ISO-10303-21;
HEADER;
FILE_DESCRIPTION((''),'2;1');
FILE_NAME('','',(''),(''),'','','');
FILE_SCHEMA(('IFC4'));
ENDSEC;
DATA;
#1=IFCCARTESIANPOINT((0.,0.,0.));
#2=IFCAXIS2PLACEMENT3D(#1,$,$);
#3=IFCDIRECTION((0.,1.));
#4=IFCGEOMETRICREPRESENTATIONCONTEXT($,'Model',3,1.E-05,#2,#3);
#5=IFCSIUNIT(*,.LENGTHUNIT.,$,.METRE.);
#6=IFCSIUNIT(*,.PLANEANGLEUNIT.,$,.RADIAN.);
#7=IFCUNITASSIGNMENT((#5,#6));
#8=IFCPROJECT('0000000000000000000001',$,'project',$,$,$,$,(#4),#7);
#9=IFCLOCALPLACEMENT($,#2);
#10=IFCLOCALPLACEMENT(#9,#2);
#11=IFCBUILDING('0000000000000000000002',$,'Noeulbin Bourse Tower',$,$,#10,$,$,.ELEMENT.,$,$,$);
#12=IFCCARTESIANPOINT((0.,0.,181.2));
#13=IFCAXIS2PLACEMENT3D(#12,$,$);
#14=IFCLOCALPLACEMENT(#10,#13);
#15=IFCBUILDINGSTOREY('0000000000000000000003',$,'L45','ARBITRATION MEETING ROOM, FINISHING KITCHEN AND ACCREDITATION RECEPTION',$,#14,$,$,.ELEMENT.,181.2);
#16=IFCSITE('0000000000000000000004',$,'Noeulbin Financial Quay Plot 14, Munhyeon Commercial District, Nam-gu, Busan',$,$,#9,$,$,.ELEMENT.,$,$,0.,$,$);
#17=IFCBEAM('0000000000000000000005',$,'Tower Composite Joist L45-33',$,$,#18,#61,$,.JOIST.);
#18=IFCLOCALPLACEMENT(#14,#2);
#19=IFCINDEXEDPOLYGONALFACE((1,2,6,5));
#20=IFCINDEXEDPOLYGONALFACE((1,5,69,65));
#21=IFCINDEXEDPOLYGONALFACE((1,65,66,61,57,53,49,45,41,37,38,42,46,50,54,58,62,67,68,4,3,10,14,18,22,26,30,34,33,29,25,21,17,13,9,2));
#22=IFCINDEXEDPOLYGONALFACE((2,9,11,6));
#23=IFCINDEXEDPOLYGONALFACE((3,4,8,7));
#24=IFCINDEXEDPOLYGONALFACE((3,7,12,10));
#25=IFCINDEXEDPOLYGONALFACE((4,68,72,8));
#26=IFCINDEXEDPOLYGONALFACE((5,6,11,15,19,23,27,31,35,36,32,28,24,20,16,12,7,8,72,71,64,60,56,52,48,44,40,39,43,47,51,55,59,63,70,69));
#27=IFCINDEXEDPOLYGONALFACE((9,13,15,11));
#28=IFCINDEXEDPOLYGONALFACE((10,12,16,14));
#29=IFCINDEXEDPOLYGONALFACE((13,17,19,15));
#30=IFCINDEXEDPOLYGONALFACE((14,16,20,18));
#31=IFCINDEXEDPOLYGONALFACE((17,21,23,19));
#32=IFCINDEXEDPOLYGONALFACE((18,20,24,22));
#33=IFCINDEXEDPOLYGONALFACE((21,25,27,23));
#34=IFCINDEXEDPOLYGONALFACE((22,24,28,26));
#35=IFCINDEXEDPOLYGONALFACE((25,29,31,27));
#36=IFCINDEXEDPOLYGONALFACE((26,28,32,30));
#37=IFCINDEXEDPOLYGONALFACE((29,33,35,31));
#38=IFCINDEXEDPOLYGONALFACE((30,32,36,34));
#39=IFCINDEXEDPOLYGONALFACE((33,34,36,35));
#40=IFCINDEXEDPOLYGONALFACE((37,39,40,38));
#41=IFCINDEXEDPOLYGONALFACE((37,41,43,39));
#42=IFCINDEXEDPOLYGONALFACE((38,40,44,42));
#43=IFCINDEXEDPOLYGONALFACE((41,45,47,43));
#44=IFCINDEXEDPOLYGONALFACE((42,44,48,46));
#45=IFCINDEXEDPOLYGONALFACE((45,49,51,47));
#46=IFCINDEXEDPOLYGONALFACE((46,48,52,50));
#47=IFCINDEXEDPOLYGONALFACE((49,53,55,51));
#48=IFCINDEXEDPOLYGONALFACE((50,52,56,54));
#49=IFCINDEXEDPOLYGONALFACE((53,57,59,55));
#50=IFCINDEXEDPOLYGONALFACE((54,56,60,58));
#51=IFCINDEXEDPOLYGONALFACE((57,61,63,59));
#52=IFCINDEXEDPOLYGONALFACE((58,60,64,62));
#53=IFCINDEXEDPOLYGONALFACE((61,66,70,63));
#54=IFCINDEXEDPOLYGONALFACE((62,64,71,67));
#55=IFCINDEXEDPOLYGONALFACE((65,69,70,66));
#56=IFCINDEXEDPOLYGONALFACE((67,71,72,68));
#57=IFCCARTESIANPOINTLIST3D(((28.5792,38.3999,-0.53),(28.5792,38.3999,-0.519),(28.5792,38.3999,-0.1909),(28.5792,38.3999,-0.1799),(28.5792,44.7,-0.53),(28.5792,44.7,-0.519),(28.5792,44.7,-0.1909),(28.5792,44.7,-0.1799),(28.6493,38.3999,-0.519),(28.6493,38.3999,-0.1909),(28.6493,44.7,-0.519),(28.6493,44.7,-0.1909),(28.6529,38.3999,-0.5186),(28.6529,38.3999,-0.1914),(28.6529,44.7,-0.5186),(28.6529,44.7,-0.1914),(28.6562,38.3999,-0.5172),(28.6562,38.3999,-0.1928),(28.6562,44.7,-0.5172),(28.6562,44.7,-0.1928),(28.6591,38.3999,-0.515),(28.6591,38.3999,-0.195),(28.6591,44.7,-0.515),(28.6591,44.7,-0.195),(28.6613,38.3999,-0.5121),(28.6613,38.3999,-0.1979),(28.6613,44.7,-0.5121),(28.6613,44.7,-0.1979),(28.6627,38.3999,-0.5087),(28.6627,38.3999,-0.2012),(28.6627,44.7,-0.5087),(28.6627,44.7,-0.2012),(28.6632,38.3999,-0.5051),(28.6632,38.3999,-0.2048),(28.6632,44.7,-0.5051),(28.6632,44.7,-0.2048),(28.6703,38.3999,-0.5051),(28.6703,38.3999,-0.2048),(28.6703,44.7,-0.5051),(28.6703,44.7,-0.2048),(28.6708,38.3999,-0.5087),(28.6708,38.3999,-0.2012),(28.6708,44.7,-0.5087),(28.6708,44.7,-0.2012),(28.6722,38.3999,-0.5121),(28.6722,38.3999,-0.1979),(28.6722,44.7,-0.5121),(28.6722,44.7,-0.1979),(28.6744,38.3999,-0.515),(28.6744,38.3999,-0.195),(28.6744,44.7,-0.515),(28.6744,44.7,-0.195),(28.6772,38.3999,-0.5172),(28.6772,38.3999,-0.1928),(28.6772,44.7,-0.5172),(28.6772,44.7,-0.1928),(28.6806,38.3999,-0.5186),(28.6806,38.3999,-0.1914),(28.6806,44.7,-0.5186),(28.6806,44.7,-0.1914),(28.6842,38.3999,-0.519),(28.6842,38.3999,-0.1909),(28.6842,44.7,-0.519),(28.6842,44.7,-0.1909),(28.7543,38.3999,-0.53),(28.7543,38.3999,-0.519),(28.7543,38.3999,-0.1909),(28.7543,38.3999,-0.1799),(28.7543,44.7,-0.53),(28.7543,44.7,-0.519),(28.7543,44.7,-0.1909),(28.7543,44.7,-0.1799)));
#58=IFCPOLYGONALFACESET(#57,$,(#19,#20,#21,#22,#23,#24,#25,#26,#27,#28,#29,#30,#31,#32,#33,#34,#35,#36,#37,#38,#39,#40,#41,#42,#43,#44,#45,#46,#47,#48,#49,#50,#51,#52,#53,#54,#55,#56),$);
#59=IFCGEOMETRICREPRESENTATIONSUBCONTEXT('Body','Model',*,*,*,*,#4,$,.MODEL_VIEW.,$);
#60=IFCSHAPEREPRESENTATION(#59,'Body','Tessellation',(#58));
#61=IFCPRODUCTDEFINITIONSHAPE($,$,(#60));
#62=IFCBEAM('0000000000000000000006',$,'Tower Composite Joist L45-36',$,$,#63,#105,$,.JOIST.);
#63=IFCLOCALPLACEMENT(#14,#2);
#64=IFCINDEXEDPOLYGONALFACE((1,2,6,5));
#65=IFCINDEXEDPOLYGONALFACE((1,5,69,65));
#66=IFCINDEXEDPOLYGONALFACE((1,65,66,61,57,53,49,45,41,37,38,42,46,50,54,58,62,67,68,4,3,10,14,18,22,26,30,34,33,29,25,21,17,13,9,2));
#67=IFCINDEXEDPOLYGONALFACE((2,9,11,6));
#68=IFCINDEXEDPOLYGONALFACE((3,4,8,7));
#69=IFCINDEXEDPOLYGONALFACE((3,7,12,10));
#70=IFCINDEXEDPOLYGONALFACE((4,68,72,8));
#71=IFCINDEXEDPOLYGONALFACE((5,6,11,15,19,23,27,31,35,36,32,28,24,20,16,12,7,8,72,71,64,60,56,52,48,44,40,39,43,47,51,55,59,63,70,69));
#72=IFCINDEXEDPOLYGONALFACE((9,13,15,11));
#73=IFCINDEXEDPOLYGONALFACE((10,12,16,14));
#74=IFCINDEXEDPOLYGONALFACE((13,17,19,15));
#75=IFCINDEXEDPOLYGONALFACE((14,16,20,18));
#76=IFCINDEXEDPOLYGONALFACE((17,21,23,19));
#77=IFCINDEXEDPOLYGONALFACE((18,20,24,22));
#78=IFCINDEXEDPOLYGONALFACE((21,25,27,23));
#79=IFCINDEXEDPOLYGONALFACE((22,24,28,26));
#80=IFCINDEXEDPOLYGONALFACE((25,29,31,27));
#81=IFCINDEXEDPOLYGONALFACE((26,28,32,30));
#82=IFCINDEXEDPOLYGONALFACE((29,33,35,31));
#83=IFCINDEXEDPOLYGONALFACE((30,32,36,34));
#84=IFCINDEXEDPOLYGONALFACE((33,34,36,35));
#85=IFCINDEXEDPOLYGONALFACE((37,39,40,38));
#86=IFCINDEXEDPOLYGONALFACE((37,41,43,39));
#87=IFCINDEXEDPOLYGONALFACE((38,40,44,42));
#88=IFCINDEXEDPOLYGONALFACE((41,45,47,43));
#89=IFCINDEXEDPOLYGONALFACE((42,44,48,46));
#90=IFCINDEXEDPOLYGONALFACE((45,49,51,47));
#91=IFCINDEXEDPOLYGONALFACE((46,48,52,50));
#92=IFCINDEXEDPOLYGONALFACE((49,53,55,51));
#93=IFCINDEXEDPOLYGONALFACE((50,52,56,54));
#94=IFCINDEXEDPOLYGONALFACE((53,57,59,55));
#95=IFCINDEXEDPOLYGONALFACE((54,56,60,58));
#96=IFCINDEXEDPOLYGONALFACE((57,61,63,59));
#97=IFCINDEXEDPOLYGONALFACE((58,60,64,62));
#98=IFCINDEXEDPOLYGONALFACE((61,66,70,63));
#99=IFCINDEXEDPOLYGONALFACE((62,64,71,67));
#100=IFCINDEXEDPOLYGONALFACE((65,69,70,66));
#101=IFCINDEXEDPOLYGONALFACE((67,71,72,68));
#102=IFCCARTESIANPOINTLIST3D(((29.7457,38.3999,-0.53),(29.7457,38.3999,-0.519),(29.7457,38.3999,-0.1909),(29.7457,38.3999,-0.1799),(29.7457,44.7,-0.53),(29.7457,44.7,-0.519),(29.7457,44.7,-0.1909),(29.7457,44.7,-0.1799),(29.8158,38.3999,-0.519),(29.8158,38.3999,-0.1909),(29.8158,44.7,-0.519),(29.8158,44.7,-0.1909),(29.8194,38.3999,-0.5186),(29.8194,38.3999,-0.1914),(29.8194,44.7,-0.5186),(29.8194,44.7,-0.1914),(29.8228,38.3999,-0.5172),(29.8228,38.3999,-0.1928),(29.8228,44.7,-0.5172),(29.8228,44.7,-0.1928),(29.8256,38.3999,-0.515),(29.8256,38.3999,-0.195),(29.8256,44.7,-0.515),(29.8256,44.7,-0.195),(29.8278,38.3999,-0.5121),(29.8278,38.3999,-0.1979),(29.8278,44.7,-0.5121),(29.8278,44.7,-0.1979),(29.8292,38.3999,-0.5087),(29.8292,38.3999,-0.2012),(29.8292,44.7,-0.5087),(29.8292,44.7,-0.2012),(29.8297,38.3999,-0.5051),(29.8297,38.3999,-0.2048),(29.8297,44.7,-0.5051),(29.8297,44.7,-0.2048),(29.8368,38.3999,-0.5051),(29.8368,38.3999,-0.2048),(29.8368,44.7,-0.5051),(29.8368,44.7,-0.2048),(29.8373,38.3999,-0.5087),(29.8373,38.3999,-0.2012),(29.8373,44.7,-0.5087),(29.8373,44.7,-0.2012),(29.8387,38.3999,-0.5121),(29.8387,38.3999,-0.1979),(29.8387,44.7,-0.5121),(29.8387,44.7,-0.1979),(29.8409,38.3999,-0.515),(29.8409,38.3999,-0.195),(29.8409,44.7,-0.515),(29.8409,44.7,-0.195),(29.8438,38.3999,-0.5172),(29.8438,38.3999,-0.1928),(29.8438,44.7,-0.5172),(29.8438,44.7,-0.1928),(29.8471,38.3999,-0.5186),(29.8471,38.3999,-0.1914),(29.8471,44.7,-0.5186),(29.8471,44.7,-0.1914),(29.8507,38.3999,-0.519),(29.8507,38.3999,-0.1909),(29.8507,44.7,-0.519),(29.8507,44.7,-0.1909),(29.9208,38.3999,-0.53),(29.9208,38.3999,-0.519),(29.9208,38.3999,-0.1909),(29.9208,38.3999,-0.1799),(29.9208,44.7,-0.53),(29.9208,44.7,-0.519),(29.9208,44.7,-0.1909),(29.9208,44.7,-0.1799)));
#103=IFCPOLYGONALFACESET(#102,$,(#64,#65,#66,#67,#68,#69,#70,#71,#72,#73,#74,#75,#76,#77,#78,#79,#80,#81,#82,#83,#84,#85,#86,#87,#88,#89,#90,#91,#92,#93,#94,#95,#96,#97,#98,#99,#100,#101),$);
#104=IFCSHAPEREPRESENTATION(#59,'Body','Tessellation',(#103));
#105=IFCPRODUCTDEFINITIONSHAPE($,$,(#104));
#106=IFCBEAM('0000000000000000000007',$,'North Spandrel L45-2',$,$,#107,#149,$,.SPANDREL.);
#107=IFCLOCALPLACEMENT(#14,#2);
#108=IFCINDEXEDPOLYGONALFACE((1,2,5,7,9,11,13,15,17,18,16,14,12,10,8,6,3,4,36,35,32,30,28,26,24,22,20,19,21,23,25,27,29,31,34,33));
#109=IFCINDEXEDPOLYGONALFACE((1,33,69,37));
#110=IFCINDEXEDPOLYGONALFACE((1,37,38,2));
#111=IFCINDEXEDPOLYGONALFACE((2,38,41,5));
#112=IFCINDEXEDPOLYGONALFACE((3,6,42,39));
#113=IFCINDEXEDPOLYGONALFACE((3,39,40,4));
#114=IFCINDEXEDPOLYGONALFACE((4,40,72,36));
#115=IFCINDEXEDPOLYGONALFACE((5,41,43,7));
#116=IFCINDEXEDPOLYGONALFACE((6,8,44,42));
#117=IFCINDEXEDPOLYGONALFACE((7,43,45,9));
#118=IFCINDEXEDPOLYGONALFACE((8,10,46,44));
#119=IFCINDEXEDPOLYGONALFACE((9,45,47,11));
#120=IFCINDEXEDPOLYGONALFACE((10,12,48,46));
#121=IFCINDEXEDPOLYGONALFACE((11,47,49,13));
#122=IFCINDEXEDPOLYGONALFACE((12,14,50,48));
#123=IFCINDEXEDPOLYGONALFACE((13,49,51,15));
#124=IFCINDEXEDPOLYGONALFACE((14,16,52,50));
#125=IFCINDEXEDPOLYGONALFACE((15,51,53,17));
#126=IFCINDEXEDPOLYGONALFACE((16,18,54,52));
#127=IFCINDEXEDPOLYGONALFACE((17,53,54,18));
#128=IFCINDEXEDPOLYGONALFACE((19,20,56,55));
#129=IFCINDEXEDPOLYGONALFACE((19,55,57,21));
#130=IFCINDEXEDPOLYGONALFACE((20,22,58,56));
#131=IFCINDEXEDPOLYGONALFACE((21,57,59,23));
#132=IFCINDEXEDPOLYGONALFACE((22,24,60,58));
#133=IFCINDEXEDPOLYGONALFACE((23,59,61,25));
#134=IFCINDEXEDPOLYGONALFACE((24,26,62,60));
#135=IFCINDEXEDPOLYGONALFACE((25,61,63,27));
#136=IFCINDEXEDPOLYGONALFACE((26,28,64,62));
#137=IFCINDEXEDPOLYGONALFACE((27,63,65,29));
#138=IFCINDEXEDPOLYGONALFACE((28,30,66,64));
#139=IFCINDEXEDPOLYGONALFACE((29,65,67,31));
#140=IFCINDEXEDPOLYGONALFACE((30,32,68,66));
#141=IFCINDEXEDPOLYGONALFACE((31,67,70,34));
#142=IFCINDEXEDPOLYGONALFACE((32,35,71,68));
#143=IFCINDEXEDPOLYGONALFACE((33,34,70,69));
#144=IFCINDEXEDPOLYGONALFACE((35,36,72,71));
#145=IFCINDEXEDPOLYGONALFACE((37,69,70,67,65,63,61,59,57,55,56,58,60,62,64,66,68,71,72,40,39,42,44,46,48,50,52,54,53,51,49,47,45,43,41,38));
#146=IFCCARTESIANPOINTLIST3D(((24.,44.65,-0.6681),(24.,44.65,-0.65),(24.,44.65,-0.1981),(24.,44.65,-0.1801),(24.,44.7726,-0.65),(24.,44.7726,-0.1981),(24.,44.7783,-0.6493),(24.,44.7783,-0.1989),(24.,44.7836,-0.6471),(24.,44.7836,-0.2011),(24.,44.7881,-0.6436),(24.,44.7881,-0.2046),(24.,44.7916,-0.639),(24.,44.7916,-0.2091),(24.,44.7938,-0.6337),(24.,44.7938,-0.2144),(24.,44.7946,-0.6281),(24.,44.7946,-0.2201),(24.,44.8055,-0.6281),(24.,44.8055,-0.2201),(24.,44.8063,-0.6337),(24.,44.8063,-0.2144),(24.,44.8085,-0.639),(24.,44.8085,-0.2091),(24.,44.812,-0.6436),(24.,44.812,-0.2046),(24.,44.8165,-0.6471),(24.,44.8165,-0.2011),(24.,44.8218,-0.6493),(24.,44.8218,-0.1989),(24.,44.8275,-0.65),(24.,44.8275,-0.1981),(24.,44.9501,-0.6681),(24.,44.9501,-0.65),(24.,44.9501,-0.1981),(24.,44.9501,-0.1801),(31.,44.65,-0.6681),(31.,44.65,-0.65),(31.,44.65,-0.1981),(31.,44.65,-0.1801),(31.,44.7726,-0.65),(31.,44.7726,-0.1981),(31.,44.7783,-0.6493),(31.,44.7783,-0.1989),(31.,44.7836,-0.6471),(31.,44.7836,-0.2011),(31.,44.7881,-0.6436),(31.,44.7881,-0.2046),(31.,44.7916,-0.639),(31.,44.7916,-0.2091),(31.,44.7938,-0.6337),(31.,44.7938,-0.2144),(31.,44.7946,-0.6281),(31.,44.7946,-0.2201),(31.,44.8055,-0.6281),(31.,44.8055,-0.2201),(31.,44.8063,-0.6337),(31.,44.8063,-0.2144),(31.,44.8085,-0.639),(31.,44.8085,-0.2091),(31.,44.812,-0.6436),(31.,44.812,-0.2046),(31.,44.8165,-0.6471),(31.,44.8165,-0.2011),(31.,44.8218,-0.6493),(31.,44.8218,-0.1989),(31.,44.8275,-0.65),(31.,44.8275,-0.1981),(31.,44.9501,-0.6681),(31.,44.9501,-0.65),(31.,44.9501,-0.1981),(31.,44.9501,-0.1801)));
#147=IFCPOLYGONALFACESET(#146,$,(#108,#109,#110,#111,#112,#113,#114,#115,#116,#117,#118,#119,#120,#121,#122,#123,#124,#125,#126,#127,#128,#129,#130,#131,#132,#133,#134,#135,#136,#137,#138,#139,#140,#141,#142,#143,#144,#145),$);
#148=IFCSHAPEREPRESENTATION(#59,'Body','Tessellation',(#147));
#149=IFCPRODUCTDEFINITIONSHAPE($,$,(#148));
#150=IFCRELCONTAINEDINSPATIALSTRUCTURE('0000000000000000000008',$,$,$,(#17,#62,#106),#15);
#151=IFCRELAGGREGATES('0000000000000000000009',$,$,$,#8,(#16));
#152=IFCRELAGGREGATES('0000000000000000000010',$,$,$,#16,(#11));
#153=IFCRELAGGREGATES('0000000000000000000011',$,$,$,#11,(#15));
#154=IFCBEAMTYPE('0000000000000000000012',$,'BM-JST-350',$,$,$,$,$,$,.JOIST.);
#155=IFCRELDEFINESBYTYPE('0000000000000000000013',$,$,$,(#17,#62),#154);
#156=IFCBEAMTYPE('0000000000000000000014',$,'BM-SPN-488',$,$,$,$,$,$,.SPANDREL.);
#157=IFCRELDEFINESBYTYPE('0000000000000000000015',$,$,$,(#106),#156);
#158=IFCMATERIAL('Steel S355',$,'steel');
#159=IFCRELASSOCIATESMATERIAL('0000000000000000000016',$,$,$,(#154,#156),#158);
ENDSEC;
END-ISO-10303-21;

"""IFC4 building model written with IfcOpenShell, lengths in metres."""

from ifc_helpers import new_model, si_unit, direction, frame, origin, origin_2d, place, context, subcontext, project, spatial, i_section, extrude, material, material_profile, profile_set, type_object, element, save


model = new_model("IFC4")

# Units and contexts
model_context = context("Model", 3, precision=1e-05, world=origin(), true_north=direction((0.0, 1.0)))
body_context = subcontext(model_context, "Body", "Model", "MODEL_VIEW")
ifc_project = project(units=[si_unit("LENGTHUNIT", "METRE"), si_unit("PLANEANGLEUNIT", "RADIAN")], contexts=[model_context])

# Site, building, storey
site_placement = place(None, origin())
site = spatial("IfcSite", under=ifc_project, at=site_placement, Name="Noeulbin Financial Quay Plot 14, Munhyeon Commercial District, Nam-gu, Busan", CompositionType="ELEMENT", RefElevation=0.0)
building_placement = place(site_placement, origin())
building = spatial("IfcBuilding", under=site, at=building_placement, Name="Noeulbin Bourse Tower", CompositionType="ELEMENT")
storey_placement = place(building_placement, frame((0.0, 0.0, 181.2)))
storey = spatial("IfcBuildingStorey", under=building, at=storey_placement, Name="L45", Description="ARBITRATION MEETING ROOM, FINISHING KITCHEN AND ACCREDITATION RECEPTION", CompositionType="ELEMENT", Elevation=181.2)

# Shared definitions
ifc_material_1 = material(Name="Steel S355", Category="steel")

# Beams
ifc_material_profile_1 = material_profile(ifc_material_1, i_section(OverallWidth=0.175, OverallDepth=0.3501, WebThickness=0.0071, FlangeThickness=0.011, FilletRadius=0.0139, at=origin_2d()), Name="H-350x175x7x11", Category="LoadBearing")
ifc_profile_set_1 = profile_set([ifc_material_profile_1], Name="Steel S355")
beam_type_1 = type_object("IfcBeamType", Name="BM-JST-350", PredefinedType="JOIST", material=ifc_profile_set_1)
for number, where, z_axis, x_axis, name in (
    (1, (28.6667, 38.3999, -0.355), (0.0, 1.0, 0.0), (-1.0, 0.0, 0.0), "Tower Composite Joist L45-33"),
    (2, (29.8333, 38.3999, -0.355), (0.0, 1.0, 0.0), (-1.0, 0.0, 0.0), "Tower Composite Joist L45-36"),
):
    element("IfcBeam", number, at=place(storey_placement, frame(where, z_axis=z_axis, x_axis=x_axis)), inside=storey, type_object=beam_type_1, Name=name, PredefinedType="JOIST", context=body_context, shape_type="SweptSolid", body=[
        extrude(i_section(OverallWidth=0.175, OverallDepth=0.3501, WebThickness=0.0071, FlangeThickness=0.011, FilletRadius=0.0139, at=origin_2d()), origin(), (0.0, 0.0, 1.0), 6.3),
    ])
ifc_material_profile_2 = material_profile(ifc_material_1, i_section(OverallWidth=0.3, OverallDepth=0.488, WebThickness=0.011, FlangeThickness=0.0181, FilletRadius=0.022, at=origin_2d()), Name="H-488x300x11x18", Category="LoadBearing")
ifc_profile_set_2 = profile_set([ifc_material_profile_2], Name="Steel S355")
beam_type_2 = type_object("IfcBeamType", Name="BM-SPN-488", PredefinedType="SPANDREL", material=ifc_profile_set_2)
beam_placement = place(storey_placement, frame((24.0, 44.8, -0.4241), z_axis=(1.0, 0.0, 0.0), x_axis=(0.0, 1.0, 0.0)))
element("IfcBeam", 3, at=beam_placement, inside=storey, type_object=beam_type_2, Name="North Spandrel L45-2", PredefinedType="SPANDREL", context=body_context, shape_type="SweptSolid", body=[
    extrude(i_section(OverallWidth=0.3, OverallDepth=0.488, WebThickness=0.011, FlangeThickness=0.0181, FilletRadius=0.022, at=origin_2d()), origin(), (0.0, 0.0, 1.0), 7.0),
])

save(model, "model.ifc")
